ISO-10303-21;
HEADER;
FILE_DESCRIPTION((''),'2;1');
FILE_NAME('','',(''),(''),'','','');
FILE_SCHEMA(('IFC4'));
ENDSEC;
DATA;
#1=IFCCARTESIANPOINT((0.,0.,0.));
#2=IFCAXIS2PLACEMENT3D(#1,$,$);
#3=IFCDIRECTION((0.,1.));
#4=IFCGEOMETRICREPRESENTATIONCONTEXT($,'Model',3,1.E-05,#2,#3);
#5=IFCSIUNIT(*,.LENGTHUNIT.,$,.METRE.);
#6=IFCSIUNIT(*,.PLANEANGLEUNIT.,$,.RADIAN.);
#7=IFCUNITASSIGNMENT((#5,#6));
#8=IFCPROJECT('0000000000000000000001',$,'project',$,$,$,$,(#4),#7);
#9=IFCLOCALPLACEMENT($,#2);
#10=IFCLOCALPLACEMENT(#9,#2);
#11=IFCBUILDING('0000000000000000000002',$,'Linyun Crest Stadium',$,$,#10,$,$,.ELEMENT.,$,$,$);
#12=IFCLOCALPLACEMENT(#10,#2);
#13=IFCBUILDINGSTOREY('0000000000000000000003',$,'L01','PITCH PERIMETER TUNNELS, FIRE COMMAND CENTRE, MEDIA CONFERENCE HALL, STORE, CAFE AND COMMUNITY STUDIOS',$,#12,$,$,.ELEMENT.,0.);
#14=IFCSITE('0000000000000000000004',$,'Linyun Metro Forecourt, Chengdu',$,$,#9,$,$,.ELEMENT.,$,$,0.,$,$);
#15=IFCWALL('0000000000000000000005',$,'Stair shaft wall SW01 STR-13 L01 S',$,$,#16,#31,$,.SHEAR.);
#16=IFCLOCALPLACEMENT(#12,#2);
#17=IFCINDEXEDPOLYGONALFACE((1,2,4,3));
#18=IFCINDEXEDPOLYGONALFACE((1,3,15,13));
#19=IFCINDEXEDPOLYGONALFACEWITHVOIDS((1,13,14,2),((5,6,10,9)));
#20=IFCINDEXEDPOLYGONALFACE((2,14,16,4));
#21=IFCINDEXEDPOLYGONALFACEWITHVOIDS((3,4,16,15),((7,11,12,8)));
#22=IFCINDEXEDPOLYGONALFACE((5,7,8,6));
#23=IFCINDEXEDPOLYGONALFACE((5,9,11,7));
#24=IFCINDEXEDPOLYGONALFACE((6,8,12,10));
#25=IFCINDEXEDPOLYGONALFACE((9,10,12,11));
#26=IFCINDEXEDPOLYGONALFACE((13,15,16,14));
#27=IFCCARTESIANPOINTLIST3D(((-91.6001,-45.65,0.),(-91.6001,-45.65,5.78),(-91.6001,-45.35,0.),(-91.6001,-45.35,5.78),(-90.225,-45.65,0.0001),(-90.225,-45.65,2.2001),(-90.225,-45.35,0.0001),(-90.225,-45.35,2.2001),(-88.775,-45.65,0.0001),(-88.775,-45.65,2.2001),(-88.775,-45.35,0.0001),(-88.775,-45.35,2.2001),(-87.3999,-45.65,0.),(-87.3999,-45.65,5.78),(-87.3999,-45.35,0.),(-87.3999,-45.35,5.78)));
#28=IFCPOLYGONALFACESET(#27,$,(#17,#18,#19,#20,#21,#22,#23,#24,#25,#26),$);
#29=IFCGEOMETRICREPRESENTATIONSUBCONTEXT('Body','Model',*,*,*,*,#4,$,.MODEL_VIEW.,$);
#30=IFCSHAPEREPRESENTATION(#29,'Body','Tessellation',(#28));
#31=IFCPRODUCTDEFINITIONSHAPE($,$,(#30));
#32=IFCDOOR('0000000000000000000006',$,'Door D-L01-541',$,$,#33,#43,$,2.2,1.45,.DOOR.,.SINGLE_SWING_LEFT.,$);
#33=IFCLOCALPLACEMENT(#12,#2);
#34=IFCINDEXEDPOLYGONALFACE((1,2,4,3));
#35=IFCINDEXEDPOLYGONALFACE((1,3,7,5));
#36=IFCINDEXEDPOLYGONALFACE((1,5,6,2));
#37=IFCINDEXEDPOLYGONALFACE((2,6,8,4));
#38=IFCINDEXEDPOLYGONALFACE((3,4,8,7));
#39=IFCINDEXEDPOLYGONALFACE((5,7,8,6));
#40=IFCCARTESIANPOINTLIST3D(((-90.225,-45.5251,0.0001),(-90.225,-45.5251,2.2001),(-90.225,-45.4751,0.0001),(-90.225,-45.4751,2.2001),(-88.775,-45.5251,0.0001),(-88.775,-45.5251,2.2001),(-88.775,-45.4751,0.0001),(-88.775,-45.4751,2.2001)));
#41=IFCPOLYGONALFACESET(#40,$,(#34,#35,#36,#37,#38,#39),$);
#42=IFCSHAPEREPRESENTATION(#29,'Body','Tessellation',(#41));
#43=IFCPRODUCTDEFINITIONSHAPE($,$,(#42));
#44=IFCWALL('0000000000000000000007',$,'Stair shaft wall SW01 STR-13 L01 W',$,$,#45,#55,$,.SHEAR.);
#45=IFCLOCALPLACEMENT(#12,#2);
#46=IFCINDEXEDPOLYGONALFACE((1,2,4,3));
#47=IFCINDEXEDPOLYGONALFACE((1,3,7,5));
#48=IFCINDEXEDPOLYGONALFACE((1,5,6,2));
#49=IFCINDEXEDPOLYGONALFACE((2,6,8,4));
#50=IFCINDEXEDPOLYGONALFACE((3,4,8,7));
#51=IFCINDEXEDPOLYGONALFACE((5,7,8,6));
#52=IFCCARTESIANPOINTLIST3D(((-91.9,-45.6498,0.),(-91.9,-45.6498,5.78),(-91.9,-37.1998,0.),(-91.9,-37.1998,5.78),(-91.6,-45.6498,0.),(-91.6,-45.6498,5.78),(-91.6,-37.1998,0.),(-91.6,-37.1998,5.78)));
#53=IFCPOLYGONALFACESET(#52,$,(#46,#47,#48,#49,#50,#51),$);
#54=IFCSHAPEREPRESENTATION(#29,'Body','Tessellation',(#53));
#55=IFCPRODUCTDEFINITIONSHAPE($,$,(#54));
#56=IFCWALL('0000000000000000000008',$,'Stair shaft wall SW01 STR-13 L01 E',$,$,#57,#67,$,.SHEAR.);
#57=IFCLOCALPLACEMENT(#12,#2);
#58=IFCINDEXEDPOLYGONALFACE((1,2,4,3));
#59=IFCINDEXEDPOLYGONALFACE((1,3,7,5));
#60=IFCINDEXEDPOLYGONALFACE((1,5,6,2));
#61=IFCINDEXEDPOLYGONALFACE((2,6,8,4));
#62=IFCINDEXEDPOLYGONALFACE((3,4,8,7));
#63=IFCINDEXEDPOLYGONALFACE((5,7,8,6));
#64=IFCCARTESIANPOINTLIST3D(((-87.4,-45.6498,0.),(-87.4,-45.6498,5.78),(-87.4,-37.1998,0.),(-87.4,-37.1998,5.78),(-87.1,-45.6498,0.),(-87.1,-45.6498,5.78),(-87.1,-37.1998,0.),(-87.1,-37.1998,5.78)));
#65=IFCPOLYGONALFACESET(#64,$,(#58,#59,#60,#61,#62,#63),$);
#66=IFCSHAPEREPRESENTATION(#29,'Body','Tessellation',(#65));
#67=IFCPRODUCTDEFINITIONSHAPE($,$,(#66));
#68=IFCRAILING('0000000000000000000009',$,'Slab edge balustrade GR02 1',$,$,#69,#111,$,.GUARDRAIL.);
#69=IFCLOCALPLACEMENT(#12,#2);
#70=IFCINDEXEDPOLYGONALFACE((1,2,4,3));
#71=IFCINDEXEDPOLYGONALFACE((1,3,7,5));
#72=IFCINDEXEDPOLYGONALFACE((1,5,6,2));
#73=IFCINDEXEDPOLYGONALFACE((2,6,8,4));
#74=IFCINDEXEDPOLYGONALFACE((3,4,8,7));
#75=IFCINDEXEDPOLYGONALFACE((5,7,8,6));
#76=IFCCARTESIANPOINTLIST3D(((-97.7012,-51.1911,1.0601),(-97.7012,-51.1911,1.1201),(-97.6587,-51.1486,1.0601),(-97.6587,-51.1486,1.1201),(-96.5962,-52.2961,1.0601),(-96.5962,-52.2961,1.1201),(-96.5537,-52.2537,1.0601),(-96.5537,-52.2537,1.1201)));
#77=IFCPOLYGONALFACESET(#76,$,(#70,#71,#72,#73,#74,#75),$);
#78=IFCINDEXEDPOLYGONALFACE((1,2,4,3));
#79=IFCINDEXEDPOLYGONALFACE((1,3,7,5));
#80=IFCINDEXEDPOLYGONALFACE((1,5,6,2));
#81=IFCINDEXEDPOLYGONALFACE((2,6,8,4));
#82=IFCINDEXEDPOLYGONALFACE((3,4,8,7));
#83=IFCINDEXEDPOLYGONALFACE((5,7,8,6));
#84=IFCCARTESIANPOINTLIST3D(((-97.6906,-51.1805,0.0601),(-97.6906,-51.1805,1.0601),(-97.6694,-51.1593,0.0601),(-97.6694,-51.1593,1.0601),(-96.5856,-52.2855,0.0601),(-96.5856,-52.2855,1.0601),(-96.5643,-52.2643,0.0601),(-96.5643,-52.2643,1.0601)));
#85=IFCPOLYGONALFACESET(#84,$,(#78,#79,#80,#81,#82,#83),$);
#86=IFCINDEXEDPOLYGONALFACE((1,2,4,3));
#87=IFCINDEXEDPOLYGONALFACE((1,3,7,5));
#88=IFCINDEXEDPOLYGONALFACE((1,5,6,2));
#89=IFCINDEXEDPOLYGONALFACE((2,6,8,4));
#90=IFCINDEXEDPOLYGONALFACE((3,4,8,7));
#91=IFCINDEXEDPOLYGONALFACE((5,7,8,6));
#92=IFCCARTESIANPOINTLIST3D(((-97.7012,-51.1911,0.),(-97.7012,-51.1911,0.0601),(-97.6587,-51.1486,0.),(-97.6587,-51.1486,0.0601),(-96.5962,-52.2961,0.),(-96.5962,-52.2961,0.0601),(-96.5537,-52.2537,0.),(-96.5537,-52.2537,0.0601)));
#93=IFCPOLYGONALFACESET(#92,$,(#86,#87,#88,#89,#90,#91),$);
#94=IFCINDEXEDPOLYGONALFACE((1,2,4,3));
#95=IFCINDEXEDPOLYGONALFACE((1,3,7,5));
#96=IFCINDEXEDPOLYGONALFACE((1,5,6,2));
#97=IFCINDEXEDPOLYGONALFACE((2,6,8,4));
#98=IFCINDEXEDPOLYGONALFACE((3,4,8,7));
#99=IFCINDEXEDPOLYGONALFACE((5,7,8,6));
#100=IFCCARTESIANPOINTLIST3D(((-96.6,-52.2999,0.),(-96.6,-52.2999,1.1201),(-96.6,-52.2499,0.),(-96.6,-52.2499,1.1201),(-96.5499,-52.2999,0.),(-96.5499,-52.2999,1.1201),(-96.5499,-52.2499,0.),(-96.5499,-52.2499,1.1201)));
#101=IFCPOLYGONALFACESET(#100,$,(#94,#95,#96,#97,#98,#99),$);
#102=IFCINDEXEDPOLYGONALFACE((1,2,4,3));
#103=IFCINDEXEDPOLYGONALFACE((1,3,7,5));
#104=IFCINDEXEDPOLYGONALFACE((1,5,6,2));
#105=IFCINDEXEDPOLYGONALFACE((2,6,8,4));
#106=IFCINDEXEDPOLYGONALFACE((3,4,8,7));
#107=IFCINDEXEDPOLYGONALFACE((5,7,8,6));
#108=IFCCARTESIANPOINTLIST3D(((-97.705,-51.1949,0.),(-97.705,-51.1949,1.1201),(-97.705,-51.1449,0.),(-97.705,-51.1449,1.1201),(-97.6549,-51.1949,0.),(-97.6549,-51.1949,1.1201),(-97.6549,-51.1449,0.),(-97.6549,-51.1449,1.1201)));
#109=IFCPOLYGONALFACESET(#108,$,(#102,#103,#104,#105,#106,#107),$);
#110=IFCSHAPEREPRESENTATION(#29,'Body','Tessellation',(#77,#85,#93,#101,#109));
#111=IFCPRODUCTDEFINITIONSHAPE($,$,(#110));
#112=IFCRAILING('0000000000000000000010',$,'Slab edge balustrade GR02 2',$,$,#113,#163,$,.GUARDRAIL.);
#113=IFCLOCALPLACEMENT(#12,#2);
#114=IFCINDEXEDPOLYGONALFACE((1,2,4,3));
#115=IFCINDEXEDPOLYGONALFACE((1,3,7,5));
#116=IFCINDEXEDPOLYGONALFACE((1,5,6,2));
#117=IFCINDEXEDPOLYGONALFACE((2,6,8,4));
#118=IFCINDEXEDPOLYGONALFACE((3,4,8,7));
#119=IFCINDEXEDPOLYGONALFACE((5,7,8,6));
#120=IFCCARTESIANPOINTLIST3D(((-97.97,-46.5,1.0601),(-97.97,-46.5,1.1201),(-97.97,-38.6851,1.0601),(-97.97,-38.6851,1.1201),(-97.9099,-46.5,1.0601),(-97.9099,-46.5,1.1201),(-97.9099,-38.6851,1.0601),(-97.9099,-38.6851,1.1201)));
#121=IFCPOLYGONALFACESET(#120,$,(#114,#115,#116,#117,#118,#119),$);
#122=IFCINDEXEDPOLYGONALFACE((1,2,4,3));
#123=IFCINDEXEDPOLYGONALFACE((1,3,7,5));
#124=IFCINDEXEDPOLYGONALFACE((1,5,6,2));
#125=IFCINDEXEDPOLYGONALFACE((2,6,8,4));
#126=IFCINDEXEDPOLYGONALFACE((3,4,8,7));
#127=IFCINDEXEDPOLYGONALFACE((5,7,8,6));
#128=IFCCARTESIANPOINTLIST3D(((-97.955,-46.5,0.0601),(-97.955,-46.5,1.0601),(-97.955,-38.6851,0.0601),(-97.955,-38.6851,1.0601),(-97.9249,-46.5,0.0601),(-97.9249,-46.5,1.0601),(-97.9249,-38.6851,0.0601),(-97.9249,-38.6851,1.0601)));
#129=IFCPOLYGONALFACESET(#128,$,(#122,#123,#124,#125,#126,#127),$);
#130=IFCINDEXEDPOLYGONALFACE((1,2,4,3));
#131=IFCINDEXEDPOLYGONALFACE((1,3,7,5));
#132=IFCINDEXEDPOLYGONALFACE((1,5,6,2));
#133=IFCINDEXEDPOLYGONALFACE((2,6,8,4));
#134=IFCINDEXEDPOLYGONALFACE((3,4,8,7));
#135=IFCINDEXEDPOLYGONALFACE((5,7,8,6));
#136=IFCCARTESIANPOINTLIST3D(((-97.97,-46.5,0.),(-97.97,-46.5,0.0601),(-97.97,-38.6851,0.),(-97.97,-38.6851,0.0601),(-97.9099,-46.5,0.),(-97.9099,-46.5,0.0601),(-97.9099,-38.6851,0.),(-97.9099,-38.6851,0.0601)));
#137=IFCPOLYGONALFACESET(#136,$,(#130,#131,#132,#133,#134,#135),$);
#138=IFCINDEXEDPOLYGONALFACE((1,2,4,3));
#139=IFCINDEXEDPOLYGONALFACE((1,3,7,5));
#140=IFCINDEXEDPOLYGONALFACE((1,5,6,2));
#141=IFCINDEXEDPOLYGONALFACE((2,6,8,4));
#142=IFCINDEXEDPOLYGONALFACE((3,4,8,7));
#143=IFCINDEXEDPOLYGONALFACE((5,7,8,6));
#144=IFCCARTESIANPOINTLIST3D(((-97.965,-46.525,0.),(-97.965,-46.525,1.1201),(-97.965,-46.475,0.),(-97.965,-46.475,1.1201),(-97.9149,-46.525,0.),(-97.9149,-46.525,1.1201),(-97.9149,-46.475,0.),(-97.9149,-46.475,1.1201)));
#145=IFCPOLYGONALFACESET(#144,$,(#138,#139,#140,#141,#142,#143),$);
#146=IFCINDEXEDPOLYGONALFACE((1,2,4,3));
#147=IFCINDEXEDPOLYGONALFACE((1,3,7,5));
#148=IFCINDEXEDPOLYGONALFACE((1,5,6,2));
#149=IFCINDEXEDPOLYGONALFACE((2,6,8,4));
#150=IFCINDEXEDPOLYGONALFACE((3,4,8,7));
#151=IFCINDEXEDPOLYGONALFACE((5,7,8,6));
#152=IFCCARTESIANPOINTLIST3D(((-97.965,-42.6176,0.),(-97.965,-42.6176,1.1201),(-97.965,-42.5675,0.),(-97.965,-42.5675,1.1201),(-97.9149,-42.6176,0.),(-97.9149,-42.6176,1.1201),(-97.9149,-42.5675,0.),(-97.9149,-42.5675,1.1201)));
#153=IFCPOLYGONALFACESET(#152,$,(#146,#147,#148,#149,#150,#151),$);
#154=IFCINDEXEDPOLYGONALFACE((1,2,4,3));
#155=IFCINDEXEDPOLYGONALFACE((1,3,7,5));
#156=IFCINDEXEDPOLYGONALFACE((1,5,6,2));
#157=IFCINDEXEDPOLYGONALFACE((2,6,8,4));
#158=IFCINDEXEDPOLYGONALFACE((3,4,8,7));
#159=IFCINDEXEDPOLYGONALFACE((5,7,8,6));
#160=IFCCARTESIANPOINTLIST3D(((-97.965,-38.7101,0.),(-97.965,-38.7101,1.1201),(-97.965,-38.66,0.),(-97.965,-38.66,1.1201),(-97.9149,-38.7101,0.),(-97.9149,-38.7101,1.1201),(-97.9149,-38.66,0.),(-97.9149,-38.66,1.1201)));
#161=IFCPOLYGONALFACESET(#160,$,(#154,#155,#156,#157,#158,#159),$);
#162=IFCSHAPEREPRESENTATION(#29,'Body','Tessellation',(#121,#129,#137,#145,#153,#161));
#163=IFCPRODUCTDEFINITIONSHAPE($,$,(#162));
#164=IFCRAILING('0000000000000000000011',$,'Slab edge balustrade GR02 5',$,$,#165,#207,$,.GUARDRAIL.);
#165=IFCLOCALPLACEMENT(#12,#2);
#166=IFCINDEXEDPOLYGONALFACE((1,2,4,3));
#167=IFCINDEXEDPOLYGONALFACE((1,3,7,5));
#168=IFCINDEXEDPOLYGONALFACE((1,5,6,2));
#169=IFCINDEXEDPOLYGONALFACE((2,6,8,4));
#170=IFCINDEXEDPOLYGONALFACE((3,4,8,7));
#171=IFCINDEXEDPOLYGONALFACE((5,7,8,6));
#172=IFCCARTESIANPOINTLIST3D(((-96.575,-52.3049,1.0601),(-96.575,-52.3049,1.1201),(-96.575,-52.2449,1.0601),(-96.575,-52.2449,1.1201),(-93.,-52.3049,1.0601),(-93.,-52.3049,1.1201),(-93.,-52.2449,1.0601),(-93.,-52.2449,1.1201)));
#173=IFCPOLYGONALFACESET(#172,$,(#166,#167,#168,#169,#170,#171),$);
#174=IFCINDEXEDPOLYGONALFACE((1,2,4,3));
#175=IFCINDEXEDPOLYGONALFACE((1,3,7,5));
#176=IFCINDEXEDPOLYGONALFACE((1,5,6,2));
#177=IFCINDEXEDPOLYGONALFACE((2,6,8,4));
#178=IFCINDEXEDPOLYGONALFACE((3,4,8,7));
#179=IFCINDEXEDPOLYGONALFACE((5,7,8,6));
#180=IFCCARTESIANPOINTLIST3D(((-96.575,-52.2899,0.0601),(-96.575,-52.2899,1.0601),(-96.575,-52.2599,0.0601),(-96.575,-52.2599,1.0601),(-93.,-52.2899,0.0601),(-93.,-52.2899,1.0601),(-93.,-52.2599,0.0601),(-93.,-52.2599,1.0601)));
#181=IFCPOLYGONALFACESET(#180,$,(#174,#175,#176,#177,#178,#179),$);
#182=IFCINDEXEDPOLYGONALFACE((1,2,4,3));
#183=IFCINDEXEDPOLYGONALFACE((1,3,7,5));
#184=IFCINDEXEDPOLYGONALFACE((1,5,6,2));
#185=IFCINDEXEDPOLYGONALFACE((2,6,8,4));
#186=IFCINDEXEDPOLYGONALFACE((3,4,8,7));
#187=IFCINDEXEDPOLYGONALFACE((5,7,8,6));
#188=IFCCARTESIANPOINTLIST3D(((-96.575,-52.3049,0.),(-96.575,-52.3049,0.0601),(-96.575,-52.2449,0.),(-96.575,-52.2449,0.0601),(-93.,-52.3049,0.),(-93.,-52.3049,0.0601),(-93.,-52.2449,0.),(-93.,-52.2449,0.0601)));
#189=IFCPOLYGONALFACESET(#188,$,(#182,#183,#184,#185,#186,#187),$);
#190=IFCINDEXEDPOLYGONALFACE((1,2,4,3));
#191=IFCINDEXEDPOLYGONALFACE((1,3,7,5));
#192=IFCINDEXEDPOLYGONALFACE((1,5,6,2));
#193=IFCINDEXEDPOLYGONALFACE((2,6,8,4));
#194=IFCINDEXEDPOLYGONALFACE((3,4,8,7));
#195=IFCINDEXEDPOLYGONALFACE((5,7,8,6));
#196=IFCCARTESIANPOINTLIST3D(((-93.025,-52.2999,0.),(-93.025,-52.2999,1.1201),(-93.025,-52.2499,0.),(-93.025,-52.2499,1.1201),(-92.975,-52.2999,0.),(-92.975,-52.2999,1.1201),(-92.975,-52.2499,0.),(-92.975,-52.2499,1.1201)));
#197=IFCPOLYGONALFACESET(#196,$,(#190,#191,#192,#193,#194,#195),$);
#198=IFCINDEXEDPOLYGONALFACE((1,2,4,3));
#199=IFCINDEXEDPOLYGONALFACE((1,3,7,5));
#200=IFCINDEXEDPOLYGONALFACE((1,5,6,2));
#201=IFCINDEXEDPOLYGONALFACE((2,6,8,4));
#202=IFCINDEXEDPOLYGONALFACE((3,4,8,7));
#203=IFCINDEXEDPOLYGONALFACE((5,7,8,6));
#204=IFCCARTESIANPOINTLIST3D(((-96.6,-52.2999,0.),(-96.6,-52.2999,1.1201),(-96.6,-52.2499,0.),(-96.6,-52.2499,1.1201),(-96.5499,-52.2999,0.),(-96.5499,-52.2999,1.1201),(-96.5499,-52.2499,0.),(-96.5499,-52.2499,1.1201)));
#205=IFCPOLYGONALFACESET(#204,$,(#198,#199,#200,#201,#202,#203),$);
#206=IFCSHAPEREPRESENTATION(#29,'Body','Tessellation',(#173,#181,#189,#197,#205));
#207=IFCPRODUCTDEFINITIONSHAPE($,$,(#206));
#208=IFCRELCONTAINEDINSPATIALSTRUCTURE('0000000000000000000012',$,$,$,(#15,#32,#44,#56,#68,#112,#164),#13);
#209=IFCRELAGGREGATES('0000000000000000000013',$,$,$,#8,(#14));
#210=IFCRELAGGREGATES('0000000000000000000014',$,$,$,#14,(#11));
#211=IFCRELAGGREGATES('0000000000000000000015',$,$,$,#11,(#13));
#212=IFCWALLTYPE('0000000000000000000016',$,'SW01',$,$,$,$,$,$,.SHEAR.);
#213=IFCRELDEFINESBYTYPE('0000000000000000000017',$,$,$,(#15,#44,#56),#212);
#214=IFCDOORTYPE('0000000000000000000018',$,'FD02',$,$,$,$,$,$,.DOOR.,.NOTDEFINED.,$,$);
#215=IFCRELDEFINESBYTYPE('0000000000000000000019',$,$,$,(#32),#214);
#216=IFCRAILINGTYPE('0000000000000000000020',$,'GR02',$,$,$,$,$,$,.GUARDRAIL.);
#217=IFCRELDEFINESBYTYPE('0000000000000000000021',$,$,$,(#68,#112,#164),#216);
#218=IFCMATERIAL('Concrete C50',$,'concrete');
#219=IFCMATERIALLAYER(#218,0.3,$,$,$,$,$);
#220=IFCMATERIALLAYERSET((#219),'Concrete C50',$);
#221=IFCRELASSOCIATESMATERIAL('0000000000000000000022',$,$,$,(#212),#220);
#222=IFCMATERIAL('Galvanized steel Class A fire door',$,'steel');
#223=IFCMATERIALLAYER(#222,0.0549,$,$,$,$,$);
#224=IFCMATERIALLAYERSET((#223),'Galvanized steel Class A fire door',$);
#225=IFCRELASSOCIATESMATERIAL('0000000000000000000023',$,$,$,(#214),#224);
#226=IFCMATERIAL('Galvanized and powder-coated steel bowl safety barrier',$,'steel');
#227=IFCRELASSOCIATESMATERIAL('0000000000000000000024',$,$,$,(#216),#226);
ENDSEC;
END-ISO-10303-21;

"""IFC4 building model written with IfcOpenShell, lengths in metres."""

from ifc_helpers import new_model, si_unit, direction, frame, frame_2d, origin, origin_2d, place, context, subcontext, project, spatial, rectangle, extrude, material, layer, layer_set, type_object, element, fill, save


model = new_model("IFC4")

# Units and contexts
model_context = context("Model", 3, precision=1e-05, world=origin(), true_north=direction((0.0, 1.0)))
body_context = subcontext(model_context, "Body", "Model", "MODEL_VIEW")
ifc_project = project(units=[si_unit("LENGTHUNIT", "METRE"), si_unit("PLANEANGLEUNIT", "RADIAN")], contexts=[model_context])

# Site, building, storey
site_placement = place(None, origin())
site = spatial("IfcSite", under=ifc_project, at=site_placement, Name="Linyun Metro Forecourt, Chengdu", CompositionType="ELEMENT", RefElevation=0.0)
building_placement = place(site_placement, origin())
building = spatial("IfcBuilding", under=site, at=building_placement, Name="Linyun Crest Stadium", CompositionType="ELEMENT")
storey_placement = place(building_placement, origin())
storey = spatial("IfcBuildingStorey", under=building, at=storey_placement, Name="L01", Description="PITCH PERIMETER TUNNELS, FIRE COMMAND CENTRE, MEDIA CONFERENCE HALL, STORE, CAFE AND COMMUNITY STUDIOS", CompositionType="ELEMENT", Elevation=0.0)

# Wall, opening, door
ifc_material_1 = material(Name="Concrete C50", Category="concrete")
ifc_layer_1 = layer(ifc_material_1, 0.3)
ifc_layer_set_1 = layer_set([ifc_layer_1], Name="Concrete C50")
wall_type_1 = type_object("IfcWallType", Name="SW01", PredefinedType="SHEAR", material=ifc_layer_set_1)
wall_1_placement = place(storey_placement, frame((-91.6001, -45.5, 0.0), z_axis=(0.0, 0.0, 1.0), x_axis=(1.0, 0.0, 0.0)))
wall_1 = element("IfcWall", 1, at=wall_1_placement, inside=storey, type_object=wall_type_1, Name="Stair shaft wall SW01 STR-13 L01 S", PredefinedType="SHEAR", context=body_context, shape_type="SweptSolid", body=[
    extrude(rectangle(XDim=4.2002, YDim=0.3, at=frame_2d((2.1001, 0.0))), origin(), (0.0, 0.0, 1.0), 5.78),
])
opening_1_placement = place(wall_1_placement, frame((1.375, 0.0, 0.0)))
opening_1 = element("IfcOpeningElement", 2, at=opening_1_placement, cuts=wall_1, PredefinedType="OPENING", context=body_context, shape_type="SweptSolid", body=[
    extrude(rectangle(XDim=1.45, YDim=2.2, at=frame_2d((0.7251, 1.1001))), frame((0.0, 0.1599, 0.0), z_axis=(0.0, -1.0, 0.0), x_axis=(1.0, 0.0, 0.0)), (0.0, 0.0, 1.0), 0.3201),
])
ifc_material_2 = material(Name="Galvanized steel Class A fire door", Category="steel")
ifc_layer_2 = layer(ifc_material_2, 0.0549)
ifc_layer_set_2 = layer_set([ifc_layer_2], Name="Galvanized steel Class A fire door")
door_type_1 = type_object("IfcDoorType", Name="FD02", OperationType="NOTDEFINED", PredefinedType="DOOR", material=ifc_layer_set_2)
door_1_placement = place(opening_1_placement, origin())
door_1 = element("IfcDoor", 3, at=door_1_placement, inside=storey, type_object=door_type_1, Name="Door D-L01-541", OperationType="SINGLE_SWING_LEFT", OverallHeight=2.2, OverallWidth=1.45, PredefinedType="DOOR", context=body_context, shape_type="SweptSolid", body=[
    extrude(rectangle(XDim=1.45, YDim=2.2, at=frame_2d((0.7251, 1.1001))), frame((0.0, 0.0249, 0.0), z_axis=(0.0, -1.0, 0.0), x_axis=(1.0, 0.0, 0.0)), (0.0, 0.0, 1.0), 0.05),
])
fill(opening_1, door_1)

# Walls
for number, where, z_axis, x_axis, name in (
    (4, (-91.75, -45.6499, 0.0), (0.0, 0.0, 1.0), (0.0, 1.0, 0.0), "Stair shaft wall SW01 STR-13 L01 W"),
    (5, (-87.25, -45.6499, 0.0), (0.0, 0.0, 1.0), (0.0, 1.0, 0.0), "Stair shaft wall SW01 STR-13 L01 E"),
):
    element("IfcWall", number, at=place(storey_placement, frame(where, z_axis=z_axis, x_axis=x_axis)), inside=storey, type_object=wall_type_1, Name=name, PredefinedType="SHEAR", context=body_context, shape_type="SweptSolid", body=[
        extrude(rectangle(XDim=8.45, YDim=0.3, at=frame_2d((4.2251, 0.0))), origin(), (0.0, 0.0, 1.0), 5.78),
    ])

# Railings
ifc_material_3 = material(Name="Galvanized and powder-coated steel bowl safety barrier", Category="steel")
railing_type = type_object("IfcRailingType", Name="GR02", PredefinedType="GUARDRAIL", material=ifc_material_3)
railing_1_placement = place(storey_placement, frame((-96.575, -52.2749, 0.0)))
element("IfcRailing", 6, at=railing_1_placement, inside=storey, type_object=railing_type, Name="Slab edge balustrade GR02 1", PredefinedType="GUARDRAIL", context=body_context, shape_type="SweptSolid", body=[
    extrude(rectangle(XDim=0.0601, YDim=0.0601, at=origin_2d()), frame((0.0, 0.0, 1.0901), z_axis=(-0.707107, 0.707107, 0.0), x_axis=(-0.707107, -0.707107, 0.0)), (0.0, 0.0, 1.0), 1.5627),
    extrude(rectangle(XDim=0.03, YDim=1.0, at=origin_2d()), frame((0.0, 0.0, 0.5601), z_axis=(-0.707107, 0.707107, 0.0), x_axis=(-0.707107, -0.707107, 0.0)), (0.0, 0.0, 1.0), 1.5627),
    extrude(rectangle(XDim=0.0601, YDim=0.0601, at=origin_2d()), frame((0.0, 0.0, 0.03), z_axis=(-0.707107, 0.707107, 0.0), x_axis=(-0.707107, -0.707107, 0.0)), (0.0, 0.0, 1.0), 1.5627),
    extrude(rectangle(XDim=0.05, YDim=0.05, at=origin_2d()), origin(), (0.0, 0.0, 1.0), 1.1201),
    extrude(rectangle(XDim=0.05, YDim=0.05, at=origin_2d()), frame((-1.105, 1.105, 0.0)), (0.0, 0.0, 1.0), 1.1201),
])
railing_2_placement = place(storey_placement, frame((-97.9399, -46.5, 0.0)))
element("IfcRailing", 7, at=railing_2_placement, inside=storey, type_object=railing_type, Name="Slab edge balustrade GR02 2", PredefinedType="GUARDRAIL", context=body_context, shape_type="SweptSolid", body=[
    extrude(rectangle(XDim=0.0601, YDim=0.0601, at=origin_2d()), frame((0.0, 0.0, 1.0901), z_axis=(0.0, 1.0, 0.0), x_axis=(-1.0, 0.0, 0.0)), (0.0, 0.0, 1.0), 7.8149),
    extrude(rectangle(XDim=0.03, YDim=1.0, at=origin_2d()), frame((0.0, 0.0, 0.5601), z_axis=(0.0, 1.0, 0.0), x_axis=(-1.0, 0.0, 0.0)), (0.0, 0.0, 1.0), 7.8149),
    extrude(rectangle(XDim=0.0601, YDim=0.0601, at=origin_2d()), frame((0.0, 0.0, 0.03), z_axis=(0.0, 1.0, 0.0), x_axis=(-1.0, 0.0, 0.0)), (0.0, 0.0, 1.0), 7.8149),
    extrude(rectangle(XDim=0.05, YDim=0.05, at=origin_2d()), origin(), (0.0, 0.0, 1.0), 1.1201),
    extrude(rectangle(XDim=0.05, YDim=0.05, at=origin_2d()), frame((0.0, 3.9075, 0.0)), (0.0, 0.0, 1.0), 1.1201),
    extrude(rectangle(XDim=0.05, YDim=0.05, at=origin_2d()), frame((0.0, 7.8149, 0.0)), (0.0, 0.0, 1.0), 1.1201),
])
railing_3_placement = place(storey_placement, frame((-93.0, -52.2749, 0.0)))
element("IfcRailing", 8, at=railing_3_placement, inside=storey, type_object=railing_type, Name="Slab edge balustrade GR02 5", PredefinedType="GUARDRAIL", context=body_context, shape_type="SweptSolid", body=[
    extrude(rectangle(XDim=0.0601, YDim=0.0601, at=origin_2d()), frame((0.0, 0.0, 1.0901), z_axis=(-1.0, 0.0, 0.0), x_axis=(0.0, -1.0, 0.0)), (0.0, 0.0, 1.0), 3.575),
    extrude(rectangle(XDim=0.03, YDim=1.0, at=origin_2d()), frame((0.0, 0.0, 0.5601), z_axis=(-1.0, 0.0, 0.0), x_axis=(0.0, -1.0, 0.0)), (0.0, 0.0, 1.0), 3.575),
    extrude(rectangle(XDim=0.0601, YDim=0.0601, at=origin_2d()), frame((0.0, 0.0, 0.03), z_axis=(-1.0, 0.0, 0.0), x_axis=(0.0, -1.0, 0.0)), (0.0, 0.0, 1.0), 3.575),
    extrude(rectangle(XDim=0.05, YDim=0.05, at=origin_2d()), origin(), (0.0, 0.0, 1.0), 1.1201),
    extrude(rectangle(XDim=0.05, YDim=0.05, at=origin_2d()), frame((-3.575, 0.0, 0.0)), (0.0, 0.0, 1.0), 1.1201),
])

save(model, "model.ifc")
